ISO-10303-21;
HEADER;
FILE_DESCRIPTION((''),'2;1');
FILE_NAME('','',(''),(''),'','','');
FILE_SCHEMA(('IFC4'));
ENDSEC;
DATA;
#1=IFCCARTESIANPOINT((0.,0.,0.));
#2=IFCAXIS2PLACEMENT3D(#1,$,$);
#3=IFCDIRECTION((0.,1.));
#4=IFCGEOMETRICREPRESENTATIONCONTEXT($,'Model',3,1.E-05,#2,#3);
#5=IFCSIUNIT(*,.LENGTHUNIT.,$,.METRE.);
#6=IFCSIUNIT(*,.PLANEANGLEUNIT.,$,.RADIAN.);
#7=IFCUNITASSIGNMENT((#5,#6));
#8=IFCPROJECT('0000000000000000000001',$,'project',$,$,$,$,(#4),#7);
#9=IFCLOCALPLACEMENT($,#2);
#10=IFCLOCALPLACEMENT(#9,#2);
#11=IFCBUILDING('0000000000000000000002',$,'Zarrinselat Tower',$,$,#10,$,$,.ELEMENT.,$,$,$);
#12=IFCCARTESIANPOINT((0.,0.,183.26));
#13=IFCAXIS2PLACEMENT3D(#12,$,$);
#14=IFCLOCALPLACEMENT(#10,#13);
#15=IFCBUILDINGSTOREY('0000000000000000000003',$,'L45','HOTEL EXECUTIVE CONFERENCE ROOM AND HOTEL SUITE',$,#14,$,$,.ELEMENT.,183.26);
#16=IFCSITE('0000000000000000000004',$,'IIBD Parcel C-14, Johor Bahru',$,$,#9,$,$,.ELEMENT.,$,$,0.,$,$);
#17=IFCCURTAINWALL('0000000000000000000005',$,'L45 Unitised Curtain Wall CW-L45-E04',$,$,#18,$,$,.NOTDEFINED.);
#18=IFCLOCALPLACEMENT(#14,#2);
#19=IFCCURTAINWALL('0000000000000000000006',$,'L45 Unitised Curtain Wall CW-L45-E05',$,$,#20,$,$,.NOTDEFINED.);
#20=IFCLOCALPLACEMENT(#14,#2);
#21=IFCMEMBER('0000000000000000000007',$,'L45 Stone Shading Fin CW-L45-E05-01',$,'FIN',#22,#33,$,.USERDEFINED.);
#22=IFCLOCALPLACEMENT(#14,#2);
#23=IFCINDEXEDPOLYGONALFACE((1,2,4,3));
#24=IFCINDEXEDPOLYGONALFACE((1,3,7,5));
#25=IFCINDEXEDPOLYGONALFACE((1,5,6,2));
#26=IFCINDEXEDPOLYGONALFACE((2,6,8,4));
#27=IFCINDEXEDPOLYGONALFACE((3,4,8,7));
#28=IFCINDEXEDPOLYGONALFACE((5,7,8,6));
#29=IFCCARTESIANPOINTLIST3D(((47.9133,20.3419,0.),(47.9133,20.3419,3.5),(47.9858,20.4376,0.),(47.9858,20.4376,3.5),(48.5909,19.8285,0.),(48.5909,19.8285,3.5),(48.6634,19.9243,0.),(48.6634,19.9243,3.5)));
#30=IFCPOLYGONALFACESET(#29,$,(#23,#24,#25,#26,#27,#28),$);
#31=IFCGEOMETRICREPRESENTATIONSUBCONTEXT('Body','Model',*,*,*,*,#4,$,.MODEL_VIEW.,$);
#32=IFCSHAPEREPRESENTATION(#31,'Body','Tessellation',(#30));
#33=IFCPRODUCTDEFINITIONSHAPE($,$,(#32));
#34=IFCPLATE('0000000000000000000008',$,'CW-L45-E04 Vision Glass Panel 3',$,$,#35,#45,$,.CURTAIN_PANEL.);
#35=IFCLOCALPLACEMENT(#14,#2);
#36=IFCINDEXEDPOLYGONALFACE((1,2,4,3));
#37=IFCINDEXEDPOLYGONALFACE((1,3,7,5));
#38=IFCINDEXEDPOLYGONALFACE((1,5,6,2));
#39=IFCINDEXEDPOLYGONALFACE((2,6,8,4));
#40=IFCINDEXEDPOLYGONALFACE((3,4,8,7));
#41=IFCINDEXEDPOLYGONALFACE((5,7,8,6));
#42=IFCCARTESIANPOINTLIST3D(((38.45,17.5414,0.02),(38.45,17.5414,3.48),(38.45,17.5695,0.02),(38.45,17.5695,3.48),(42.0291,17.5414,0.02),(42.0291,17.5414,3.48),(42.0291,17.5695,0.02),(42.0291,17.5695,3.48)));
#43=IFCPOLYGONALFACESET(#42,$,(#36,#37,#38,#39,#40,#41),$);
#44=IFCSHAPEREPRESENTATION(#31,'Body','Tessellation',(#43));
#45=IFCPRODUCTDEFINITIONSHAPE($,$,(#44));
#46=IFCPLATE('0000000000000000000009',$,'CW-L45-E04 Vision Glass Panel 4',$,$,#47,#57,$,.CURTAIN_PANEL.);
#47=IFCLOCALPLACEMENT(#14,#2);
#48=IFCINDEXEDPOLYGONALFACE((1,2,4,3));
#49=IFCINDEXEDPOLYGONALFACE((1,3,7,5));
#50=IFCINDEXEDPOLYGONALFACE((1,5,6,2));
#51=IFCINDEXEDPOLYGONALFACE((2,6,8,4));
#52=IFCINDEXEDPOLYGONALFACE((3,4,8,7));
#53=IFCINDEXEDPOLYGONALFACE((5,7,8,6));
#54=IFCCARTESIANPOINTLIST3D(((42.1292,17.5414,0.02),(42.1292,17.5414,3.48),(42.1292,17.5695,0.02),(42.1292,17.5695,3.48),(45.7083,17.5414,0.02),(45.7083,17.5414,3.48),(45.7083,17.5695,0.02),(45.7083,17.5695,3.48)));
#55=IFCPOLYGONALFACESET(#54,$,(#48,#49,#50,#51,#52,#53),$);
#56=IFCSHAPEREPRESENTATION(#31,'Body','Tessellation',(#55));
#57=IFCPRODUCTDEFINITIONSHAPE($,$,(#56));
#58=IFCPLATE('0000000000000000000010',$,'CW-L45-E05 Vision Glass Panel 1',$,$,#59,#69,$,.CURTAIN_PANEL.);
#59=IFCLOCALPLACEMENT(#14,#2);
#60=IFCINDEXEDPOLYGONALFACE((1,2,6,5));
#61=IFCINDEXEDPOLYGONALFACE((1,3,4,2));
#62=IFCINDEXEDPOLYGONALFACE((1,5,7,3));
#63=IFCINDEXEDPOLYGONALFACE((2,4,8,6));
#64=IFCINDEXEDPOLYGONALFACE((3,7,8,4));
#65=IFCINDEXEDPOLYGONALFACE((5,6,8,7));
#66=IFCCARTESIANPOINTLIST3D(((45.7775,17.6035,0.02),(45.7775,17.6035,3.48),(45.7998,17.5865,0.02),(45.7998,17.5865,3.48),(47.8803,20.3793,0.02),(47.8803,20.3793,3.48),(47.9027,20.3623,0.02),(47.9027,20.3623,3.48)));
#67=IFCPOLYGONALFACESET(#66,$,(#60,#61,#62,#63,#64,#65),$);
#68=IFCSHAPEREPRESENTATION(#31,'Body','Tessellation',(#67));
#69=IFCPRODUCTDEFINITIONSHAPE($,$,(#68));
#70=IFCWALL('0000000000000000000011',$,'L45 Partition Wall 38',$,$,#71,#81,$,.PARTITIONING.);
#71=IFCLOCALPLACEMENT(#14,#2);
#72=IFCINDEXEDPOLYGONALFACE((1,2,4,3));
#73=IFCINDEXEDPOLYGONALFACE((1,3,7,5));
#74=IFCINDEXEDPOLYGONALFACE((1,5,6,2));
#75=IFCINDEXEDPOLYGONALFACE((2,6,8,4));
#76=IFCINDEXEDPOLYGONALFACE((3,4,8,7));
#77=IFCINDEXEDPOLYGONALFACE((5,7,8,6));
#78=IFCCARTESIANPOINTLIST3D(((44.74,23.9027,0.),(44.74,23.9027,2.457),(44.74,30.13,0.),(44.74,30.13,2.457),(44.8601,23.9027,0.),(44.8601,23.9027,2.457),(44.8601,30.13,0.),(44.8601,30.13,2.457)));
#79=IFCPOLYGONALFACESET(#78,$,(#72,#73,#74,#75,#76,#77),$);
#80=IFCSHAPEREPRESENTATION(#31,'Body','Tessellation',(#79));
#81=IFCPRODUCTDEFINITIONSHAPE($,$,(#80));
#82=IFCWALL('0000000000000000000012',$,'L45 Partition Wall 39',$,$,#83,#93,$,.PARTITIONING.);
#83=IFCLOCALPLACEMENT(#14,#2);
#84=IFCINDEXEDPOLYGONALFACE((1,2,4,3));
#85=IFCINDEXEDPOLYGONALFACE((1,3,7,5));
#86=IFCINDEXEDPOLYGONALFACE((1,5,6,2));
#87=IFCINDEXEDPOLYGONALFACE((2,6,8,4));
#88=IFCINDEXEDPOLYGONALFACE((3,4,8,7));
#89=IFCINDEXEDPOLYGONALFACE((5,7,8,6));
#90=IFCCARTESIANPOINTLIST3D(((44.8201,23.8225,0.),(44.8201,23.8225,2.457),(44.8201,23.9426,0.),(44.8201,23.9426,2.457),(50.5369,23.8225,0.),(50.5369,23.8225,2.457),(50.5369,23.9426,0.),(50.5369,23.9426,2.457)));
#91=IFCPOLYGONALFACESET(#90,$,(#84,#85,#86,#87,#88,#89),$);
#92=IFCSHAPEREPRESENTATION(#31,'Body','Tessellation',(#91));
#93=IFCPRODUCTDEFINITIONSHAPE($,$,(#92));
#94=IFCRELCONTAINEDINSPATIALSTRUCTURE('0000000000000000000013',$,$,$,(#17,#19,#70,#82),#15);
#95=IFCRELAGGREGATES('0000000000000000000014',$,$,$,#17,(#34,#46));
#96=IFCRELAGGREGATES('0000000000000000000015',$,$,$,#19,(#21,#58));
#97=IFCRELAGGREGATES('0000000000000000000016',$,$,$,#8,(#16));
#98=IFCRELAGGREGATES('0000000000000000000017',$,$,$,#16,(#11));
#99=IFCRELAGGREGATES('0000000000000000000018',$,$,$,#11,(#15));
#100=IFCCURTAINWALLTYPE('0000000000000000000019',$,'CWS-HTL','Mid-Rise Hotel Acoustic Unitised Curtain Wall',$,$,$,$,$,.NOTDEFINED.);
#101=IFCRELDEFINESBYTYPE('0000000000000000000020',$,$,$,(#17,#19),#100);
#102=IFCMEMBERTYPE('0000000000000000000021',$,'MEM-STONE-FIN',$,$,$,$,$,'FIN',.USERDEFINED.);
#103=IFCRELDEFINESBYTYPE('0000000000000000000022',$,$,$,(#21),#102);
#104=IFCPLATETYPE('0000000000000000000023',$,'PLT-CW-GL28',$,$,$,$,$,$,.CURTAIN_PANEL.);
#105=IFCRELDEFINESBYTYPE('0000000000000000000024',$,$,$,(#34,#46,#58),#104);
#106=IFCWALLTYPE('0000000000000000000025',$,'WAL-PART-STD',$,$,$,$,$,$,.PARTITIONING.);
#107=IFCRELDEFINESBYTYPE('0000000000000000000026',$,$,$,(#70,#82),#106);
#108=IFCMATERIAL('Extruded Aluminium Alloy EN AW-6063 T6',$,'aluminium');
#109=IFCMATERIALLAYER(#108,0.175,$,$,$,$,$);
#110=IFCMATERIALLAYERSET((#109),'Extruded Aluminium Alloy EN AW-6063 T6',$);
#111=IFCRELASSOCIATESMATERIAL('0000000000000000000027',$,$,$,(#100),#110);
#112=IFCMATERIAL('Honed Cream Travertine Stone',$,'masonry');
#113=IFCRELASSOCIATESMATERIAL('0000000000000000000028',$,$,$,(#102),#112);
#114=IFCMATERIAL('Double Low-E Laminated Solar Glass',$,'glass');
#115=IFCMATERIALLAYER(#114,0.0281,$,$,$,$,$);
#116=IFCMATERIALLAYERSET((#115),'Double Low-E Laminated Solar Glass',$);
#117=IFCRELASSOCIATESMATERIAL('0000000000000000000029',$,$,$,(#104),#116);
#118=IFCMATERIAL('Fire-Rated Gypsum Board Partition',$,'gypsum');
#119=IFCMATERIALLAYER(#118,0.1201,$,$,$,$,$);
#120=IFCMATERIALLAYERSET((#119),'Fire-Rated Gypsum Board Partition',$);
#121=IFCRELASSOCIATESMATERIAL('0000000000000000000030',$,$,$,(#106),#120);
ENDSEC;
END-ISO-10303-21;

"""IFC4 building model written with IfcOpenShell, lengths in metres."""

from ifc_helpers import new_model, si_unit, direction, frame, frame_2d, origin, origin_2d, place, context, subcontext, project, spatial, rectangle, extrude, material, layer, layer_set, material_profile, profile_set, type_object, element, aggregate, save


model = new_model("IFC4")

# Units and contexts
model_context = context("Model", 3, precision=1e-05, world=origin(), true_north=direction((0.0, 1.0)))
body_context = subcontext(model_context, "Body", "Model", "MODEL_VIEW")
ifc_project = project(units=[si_unit("LENGTHUNIT", "METRE"), si_unit("PLANEANGLEUNIT", "RADIAN")], contexts=[model_context])

# Site, building, storey
site_placement = place(None, origin())
site = spatial("IfcSite", under=ifc_project, at=site_placement, Name="IIBD Parcel C-14, Johor Bahru", CompositionType="ELEMENT", RefElevation=0.0)
building_placement = place(site_placement, origin())
building = spatial("IfcBuilding", under=site, at=building_placement, Name="Zarrinselat Tower", CompositionType="ELEMENT")
storey_placement = place(building_placement, frame((0.0, 0.0, 183.26)))
storey = spatial("IfcBuildingStorey", under=building, at=storey_placement, Name="L45", Description="HOTEL EXECUTIVE CONFERENCE ROOM AND HOTEL SUITE", CompositionType="ELEMENT", Elevation=183.26)

# Curtain walls
ifc_material_1 = material(Name="Extruded Aluminium Alloy EN AW-6063 T6", Category="aluminium")
ifc_layer_1 = layer(ifc_material_1, 0.175)
ifc_layer_set_1 = layer_set([ifc_layer_1], Name="Extruded Aluminium Alloy EN AW-6063 T6")
curtain_wall_type = type_object("IfcCurtainWallType", Name="CWS-HTL", Description="Mid-Rise Hotel Acoustic Unitised Curtain Wall", PredefinedType="NOTDEFINED", material=ifc_layer_set_1)
curtain_wall_1_placement = place(storey_placement, origin())
curtain_wall_1 = element("IfcCurtainWall", 1, at=curtain_wall_1_placement, inside=storey, type_object=curtain_wall_type, Name="L45 Unitised Curtain Wall CW-L45-E04", PredefinedType="NOTDEFINED")
curtain_wall_2_placement = place(storey_placement, origin())
curtain_wall_2 = element("IfcCurtainWall", 2, at=curtain_wall_2_placement, inside=storey, type_object=curtain_wall_type, Name="L45 Unitised Curtain Wall CW-L45-E05", PredefinedType="NOTDEFINED")

# Member
ifc_material_2 = material(Name="Honed Cream Travertine Stone", Category="masonry")
ifc_material_profile_1 = material_profile(ifc_material_2, rectangle(XDim=0.1201, YDim=0.8501, at=origin_2d()), Name="FIN 850x120")
ifc_profile_set_1 = profile_set([ifc_material_profile_1], Name="Honed Cream Travertine Stone")
member_type_1 = type_object("IfcMemberType", Name="MEM-STONE-FIN", ElementType="FIN", PredefinedType="USERDEFINED", material=ifc_profile_set_1)
member_1_placement = place(storey_placement, frame((48.2883, 20.1331, 0.0), z_axis=(0.0, 0.0, 1.0), x_axis=(-0.603859, -0.797091, 0.0)))
member_1 = element("IfcMember", 3, at=member_1_placement, type_object=member_type_1, Name="L45 Stone Shading Fin CW-L45-E05-01", ObjectType="FIN", PredefinedType="USERDEFINED", context=body_context, shape_type="SweptSolid", body=[
    extrude(rectangle(XDim=0.1201, YDim=0.8501, at=origin_2d()), origin(), (0.0, 0.0, 1.0), 3.5),
])

# Plates
ifc_material_3 = material(Name="Double Low-E Laminated Solar Glass", Category="glass")
ifc_layer_2 = layer(ifc_material_3, 0.0281)
ifc_layer_set_2 = layer_set([ifc_layer_2], Name="Double Low-E Laminated Solar Glass")
plate_type = type_object("IfcPlateType", Name="PLT-CW-GL28", PredefinedType="CURTAIN_PANEL", material=ifc_layer_set_2)
plate_1_placement = place(storey_placement, frame((40.2395, 17.5554, 0.02), z_axis=(0.0, 0.0, 1.0), x_axis=(1.0, 0.0, 0.0)))
plate_1 = element("IfcPlate", 4, at=plate_1_placement, type_object=plate_type, Name="CW-L45-E04 Vision Glass Panel 3", PredefinedType="CURTAIN_PANEL", context=body_context, shape_type="SweptSolid", body=[
    extrude(rectangle(XDim=3.5791, YDim=0.0281, at=origin_2d()), origin(), (0.0, 0.0, 1.0), 3.46),
])
plate_2_placement = place(storey_placement, frame((43.9187, 17.5554, 0.02), z_axis=(0.0, 0.0, 1.0), x_axis=(1.0, 0.0, 0.0)))
plate_2 = element("IfcPlate", 5, at=plate_2_placement, type_object=plate_type, Name="CW-L45-E04 Vision Glass Panel 4", PredefinedType="CURTAIN_PANEL", context=body_context, shape_type="SweptSolid", body=[
    extrude(rectangle(XDim=3.5791, YDim=0.0281, at=origin_2d()), origin(), (0.0, 0.0, 1.0), 3.46),
])
aggregate(curtain_wall_1, [plate_1, plate_2])
plate_3_placement = place(storey_placement, frame((46.8401, 18.9829, 0.02), z_axis=(0.0, 0.0, 1.0), x_axis=(0.603859, 0.797091, 0.0)))
plate_3 = element("IfcPlate", 6, at=plate_3_placement, type_object=plate_type, Name="CW-L45-E05 Vision Glass Panel 1", PredefinedType="CURTAIN_PANEL", context=body_context, shape_type="SweptSolid", body=[
    extrude(rectangle(XDim=3.4824, YDim=0.0281, at=origin_2d()), origin(), (0.0, 0.0, 1.0), 3.46),
])
aggregate(curtain_wall_2, [member_1, plate_3])

# Walls
ifc_material_4 = material(Name="Fire-Rated Gypsum Board Partition", Category="gypsum")
ifc_layer_3 = layer(ifc_material_4, 0.1201)
ifc_layer_set_3 = layer_set([ifc_layer_3], Name="Fire-Rated Gypsum Board Partition")
wall_type = type_object("IfcWallType", Name="WAL-PART-STD", PredefinedType="PARTITIONING", material=ifc_layer_set_3)
wall_1_placement = place(storey_placement, frame((44.8, 23.9026, 0.0), z_axis=(0.0, 0.0, 1.0), x_axis=(0.0, 1.0, 0.0)))
element("IfcWall", 7, at=wall_1_placement, inside=storey, type_object=wall_type, Name="L45 Partition Wall 38", PredefinedType="PARTITIONING", context=body_context, shape_type="SweptSolid", body=[
    extrude(rectangle(XDim=6.2273, YDim=0.1201, at=frame_2d((3.1138, 0.0))), origin(), (0.0, 0.0, 1.0), 2.457),
])
wall_2_placement = place(storey_placement, frame((44.8201, 23.8826, 0.0), z_axis=(0.0, 0.0, 1.0), x_axis=(1.0, 0.0, 0.0)))
element("IfcWall", 8, at=wall_2_placement, inside=storey, type_object=wall_type, Name="L45 Partition Wall 39", PredefinedType="PARTITIONING", context=body_context, shape_type="SweptSolid", body=[
    extrude(rectangle(XDim=5.7168, YDim=0.1201, at=frame_2d((2.8584, 0.0))), origin(), (0.0, 0.0, 1.0), 2.457),
])

save(model, "model.ifc")
